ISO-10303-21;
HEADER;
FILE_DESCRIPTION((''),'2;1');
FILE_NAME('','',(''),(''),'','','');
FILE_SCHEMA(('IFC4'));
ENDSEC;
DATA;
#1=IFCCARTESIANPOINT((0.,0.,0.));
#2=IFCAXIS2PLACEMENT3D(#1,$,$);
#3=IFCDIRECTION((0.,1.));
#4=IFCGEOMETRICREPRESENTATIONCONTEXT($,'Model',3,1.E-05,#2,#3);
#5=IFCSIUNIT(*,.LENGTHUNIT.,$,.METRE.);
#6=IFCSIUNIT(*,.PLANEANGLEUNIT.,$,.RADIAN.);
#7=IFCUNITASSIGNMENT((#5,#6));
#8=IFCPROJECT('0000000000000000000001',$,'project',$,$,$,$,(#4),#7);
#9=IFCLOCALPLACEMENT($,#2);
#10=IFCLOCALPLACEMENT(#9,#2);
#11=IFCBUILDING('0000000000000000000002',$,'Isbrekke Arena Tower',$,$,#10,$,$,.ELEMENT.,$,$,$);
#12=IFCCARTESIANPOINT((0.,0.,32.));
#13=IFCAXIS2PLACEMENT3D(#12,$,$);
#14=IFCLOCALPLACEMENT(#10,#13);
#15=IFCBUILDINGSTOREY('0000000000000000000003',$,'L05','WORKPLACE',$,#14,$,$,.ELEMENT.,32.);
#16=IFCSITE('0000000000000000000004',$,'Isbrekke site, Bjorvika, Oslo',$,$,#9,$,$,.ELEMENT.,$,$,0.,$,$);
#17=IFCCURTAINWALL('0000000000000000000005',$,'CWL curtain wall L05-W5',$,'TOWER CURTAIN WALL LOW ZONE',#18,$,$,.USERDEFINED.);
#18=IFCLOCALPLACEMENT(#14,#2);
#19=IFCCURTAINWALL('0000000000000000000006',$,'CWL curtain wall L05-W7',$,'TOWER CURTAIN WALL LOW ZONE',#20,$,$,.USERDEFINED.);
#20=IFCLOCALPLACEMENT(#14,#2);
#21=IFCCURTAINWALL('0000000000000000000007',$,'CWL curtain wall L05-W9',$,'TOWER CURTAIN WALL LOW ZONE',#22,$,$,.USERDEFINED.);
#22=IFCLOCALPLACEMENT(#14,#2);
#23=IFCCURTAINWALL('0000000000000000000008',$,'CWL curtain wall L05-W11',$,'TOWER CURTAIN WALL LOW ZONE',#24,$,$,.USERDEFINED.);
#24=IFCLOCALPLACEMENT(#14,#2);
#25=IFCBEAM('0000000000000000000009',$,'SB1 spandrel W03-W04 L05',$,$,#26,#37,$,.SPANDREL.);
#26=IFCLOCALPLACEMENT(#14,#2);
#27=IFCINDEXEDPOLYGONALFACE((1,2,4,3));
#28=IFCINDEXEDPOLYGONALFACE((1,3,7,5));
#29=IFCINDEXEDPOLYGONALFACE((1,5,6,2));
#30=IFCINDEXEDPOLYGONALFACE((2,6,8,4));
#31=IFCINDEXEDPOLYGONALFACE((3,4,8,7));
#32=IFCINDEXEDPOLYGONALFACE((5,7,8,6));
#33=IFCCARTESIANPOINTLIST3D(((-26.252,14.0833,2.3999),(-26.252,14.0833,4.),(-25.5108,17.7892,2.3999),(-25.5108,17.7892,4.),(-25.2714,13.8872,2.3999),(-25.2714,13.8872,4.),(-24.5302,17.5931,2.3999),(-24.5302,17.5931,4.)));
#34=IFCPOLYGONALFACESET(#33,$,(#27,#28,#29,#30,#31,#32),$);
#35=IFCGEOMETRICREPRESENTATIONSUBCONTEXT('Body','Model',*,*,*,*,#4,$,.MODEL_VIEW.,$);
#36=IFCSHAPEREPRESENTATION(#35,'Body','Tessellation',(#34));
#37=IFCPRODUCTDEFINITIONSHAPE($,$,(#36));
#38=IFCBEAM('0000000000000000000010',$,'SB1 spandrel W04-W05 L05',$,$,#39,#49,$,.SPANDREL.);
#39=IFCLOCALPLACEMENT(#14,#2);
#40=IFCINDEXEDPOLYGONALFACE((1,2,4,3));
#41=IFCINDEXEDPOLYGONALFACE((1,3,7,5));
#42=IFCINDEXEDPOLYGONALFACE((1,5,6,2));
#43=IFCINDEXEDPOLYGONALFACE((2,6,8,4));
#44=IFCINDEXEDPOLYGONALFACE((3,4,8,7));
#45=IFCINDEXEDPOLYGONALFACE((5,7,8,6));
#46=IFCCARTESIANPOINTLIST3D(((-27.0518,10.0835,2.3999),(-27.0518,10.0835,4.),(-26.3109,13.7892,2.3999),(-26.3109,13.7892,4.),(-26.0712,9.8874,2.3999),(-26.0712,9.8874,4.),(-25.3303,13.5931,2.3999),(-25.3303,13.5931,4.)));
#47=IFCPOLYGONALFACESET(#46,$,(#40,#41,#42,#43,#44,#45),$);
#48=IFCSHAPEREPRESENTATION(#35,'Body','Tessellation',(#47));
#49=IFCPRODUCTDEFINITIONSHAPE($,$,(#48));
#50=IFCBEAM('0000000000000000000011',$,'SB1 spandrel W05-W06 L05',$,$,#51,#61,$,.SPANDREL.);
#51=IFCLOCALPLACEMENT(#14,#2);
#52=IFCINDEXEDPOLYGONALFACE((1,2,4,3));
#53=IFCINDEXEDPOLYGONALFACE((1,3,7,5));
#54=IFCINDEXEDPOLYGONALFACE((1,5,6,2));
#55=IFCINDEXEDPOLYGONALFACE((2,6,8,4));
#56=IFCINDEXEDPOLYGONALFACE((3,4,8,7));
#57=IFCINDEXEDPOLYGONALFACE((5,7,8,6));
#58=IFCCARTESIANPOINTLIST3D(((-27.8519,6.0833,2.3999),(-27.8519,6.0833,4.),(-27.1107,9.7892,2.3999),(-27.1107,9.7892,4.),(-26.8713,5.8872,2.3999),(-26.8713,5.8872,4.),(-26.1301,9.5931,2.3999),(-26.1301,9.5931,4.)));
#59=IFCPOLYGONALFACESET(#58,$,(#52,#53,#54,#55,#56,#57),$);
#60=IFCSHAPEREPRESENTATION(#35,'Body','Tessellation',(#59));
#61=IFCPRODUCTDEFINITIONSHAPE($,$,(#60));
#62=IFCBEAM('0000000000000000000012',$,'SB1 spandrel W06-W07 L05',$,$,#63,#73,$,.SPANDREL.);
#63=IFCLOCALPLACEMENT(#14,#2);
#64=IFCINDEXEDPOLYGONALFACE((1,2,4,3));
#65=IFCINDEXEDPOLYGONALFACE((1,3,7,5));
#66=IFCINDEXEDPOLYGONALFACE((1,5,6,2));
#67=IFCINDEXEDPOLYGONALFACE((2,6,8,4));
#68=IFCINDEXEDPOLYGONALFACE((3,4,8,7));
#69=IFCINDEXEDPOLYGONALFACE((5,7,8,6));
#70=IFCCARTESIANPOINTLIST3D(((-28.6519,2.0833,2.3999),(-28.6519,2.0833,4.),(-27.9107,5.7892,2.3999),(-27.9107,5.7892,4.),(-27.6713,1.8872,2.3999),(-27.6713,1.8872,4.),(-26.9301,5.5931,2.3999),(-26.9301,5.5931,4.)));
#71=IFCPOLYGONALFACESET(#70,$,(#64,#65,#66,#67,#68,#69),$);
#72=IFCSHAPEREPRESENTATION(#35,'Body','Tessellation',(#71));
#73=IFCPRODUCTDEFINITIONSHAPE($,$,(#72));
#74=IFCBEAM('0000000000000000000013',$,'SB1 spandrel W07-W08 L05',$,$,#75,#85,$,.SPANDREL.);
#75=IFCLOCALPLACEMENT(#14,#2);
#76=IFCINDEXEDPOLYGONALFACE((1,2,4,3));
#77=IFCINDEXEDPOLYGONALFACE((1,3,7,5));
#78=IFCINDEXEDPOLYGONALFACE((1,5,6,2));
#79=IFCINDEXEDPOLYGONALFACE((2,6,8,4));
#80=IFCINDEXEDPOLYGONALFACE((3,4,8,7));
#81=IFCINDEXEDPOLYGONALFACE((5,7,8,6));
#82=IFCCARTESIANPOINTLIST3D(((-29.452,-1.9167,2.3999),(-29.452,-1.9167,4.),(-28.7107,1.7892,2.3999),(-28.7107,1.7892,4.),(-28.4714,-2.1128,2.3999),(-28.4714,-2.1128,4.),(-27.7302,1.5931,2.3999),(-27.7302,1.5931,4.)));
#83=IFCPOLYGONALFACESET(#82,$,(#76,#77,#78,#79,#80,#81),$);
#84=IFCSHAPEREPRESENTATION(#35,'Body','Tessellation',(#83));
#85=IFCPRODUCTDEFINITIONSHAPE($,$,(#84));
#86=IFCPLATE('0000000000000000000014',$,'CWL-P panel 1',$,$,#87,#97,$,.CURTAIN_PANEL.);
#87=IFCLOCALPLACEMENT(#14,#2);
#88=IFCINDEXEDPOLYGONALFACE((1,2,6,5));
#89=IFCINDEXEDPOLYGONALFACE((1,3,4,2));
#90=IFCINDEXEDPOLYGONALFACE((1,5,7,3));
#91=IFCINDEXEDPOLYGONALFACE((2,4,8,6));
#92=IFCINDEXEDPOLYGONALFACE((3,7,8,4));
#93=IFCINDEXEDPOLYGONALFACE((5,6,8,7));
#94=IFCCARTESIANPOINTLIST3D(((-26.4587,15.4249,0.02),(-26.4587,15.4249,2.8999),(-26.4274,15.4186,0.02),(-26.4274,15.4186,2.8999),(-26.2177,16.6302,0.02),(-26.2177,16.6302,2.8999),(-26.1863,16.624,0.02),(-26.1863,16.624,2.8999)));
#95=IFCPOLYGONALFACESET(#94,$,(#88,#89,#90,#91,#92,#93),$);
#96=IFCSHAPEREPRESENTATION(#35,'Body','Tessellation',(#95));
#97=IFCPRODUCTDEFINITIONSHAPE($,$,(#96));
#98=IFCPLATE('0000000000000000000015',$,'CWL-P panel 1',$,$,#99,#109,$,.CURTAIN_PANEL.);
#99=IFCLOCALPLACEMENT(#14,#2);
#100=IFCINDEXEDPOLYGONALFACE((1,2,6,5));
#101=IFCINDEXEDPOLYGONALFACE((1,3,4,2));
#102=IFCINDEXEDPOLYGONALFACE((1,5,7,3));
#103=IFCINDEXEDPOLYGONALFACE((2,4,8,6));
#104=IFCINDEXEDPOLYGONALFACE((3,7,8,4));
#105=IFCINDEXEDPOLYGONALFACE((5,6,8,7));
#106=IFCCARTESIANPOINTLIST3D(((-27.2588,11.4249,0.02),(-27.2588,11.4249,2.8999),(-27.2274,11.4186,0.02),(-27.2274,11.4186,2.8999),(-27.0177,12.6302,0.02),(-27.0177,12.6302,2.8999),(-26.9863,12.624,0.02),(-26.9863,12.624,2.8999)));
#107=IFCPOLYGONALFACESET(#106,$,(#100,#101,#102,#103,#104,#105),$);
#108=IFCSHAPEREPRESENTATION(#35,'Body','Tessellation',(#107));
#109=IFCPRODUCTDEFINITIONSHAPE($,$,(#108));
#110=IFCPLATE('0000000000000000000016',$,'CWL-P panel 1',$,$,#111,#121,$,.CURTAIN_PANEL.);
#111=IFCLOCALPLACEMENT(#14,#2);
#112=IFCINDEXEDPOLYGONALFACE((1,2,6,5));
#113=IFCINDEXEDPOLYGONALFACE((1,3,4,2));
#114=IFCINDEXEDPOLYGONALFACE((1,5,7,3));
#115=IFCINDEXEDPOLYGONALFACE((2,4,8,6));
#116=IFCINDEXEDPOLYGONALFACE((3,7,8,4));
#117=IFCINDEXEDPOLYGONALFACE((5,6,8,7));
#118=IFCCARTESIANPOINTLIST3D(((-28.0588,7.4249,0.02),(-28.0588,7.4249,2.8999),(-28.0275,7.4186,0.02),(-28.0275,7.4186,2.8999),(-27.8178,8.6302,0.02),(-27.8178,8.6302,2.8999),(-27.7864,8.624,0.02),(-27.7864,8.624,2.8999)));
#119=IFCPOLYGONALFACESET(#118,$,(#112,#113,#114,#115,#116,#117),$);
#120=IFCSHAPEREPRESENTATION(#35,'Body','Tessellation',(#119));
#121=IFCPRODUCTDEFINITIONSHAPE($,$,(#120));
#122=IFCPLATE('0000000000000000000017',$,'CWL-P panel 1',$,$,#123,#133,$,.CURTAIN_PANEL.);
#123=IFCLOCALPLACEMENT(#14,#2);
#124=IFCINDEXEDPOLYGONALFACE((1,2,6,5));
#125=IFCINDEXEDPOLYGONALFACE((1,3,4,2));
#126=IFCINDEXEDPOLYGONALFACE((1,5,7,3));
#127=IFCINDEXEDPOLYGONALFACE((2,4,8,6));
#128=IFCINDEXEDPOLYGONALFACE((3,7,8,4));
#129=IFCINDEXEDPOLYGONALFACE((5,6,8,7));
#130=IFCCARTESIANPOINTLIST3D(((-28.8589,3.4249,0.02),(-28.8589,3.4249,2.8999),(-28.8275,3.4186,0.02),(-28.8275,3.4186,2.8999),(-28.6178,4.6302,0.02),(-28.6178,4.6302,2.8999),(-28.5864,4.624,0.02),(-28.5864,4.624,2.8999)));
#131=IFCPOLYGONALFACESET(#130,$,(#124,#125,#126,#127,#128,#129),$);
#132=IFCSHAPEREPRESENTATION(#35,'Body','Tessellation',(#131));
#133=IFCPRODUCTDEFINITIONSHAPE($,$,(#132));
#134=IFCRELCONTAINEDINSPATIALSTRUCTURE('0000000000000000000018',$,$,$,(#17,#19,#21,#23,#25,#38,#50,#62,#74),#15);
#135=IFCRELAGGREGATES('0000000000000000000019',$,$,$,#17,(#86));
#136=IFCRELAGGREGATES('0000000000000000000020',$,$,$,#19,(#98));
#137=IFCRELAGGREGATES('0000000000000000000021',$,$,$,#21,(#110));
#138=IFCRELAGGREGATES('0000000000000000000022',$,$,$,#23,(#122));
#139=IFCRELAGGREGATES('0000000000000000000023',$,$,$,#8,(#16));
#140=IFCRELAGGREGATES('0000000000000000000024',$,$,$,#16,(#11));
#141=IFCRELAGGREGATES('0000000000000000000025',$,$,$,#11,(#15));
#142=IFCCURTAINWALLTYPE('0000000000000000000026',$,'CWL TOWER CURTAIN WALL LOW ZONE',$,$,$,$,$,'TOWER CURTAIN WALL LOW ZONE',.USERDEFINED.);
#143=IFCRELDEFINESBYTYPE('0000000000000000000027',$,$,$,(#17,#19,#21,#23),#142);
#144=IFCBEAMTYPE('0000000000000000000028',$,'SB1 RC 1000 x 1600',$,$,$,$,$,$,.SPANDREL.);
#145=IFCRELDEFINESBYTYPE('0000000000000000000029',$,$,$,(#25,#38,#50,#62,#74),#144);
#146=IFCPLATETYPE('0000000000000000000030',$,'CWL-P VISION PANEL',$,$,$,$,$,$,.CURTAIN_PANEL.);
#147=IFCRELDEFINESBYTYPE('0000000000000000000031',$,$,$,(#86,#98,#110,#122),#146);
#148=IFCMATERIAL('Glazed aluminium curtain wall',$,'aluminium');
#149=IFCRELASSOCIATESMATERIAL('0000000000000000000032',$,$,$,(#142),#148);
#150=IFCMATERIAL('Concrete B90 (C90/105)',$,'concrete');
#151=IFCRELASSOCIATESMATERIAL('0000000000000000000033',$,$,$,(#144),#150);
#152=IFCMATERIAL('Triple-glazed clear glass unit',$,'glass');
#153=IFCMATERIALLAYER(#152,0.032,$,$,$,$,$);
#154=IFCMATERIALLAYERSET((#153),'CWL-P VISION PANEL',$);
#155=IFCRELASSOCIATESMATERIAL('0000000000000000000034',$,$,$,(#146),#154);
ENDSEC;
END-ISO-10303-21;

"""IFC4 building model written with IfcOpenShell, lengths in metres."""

from ifc_helpers import new_model, si_unit, direction, frame, origin, origin_2d, place, context, subcontext, project, spatial, rectangle, extrude, material, layer, layer_set, material_profile, profile_set, type_object, element, aggregate, save


model = new_model("IFC4")

# Units and contexts
model_context = context("Model", 3, precision=1e-05, world=origin(), true_north=direction((0.0, 1.0)))
body_context = subcontext(model_context, "Body", "Model", "MODEL_VIEW")
ifc_project = project(units=[si_unit("LENGTHUNIT", "METRE"), si_unit("PLANEANGLEUNIT", "RADIAN")], contexts=[model_context])

# Site, building, storey
site_placement = place(None, origin())
site = spatial("IfcSite", under=ifc_project, at=site_placement, Name="Isbrekke site, Bjorvika, Oslo", CompositionType="ELEMENT", RefElevation=0.0)
building_placement = place(site_placement, origin())
building = spatial("IfcBuilding", under=site, at=building_placement, Name="Isbrekke Arena Tower", CompositionType="ELEMENT")
storey_placement = place(building_placement, frame((0.0, 0.0, 32.0)))
storey = spatial("IfcBuildingStorey", under=building, at=storey_placement, Name="L05", Description="WORKPLACE", CompositionType="ELEMENT", Elevation=32.0)

# Curtain walls
ifc_material_1 = material(Name="Glazed aluminium curtain wall", Category="aluminium")
curtain_wall_type = type_object("IfcCurtainWallType", Name="CWL TOWER CURTAIN WALL LOW ZONE", ElementType="TOWER CURTAIN WALL LOW ZONE", PredefinedType="USERDEFINED", material=ifc_material_1)
curtain_wall_1_placement = place(storey_placement, origin())
curtain_wall_1 = element("IfcCurtainWall", 1, at=curtain_wall_1_placement, inside=storey, type_object=curtain_wall_type, Name="CWL curtain wall L05-W5", ObjectType="TOWER CURTAIN WALL LOW ZONE", PredefinedType="USERDEFINED")
curtain_wall_2_placement = place(storey_placement, origin())
curtain_wall_2 = element("IfcCurtainWall", 2, at=curtain_wall_2_placement, inside=storey, type_object=curtain_wall_type, Name="CWL curtain wall L05-W7", ObjectType="TOWER CURTAIN WALL LOW ZONE", PredefinedType="USERDEFINED")
curtain_wall_3_placement = place(storey_placement, origin())
curtain_wall_3 = element("IfcCurtainWall", 3, at=curtain_wall_3_placement, inside=storey, type_object=curtain_wall_type, Name="CWL curtain wall L05-W9", ObjectType="TOWER CURTAIN WALL LOW ZONE", PredefinedType="USERDEFINED")
curtain_wall_4_placement = place(storey_placement, origin())
curtain_wall_4 = element("IfcCurtainWall", 4, at=curtain_wall_4_placement, inside=storey, type_object=curtain_wall_type, Name="CWL curtain wall L05-W11", ObjectType="TOWER CURTAIN WALL LOW ZONE", PredefinedType="USERDEFINED")

# Beams
ifc_material_2 = material(Name="Concrete B90 (C90/105)", Category="concrete")
ifc_material_profile_1 = material_profile(ifc_material_2, rectangle(XDim=1.0, YDim=1.6001, at=origin_2d()), Name="RC 1000x1600")
ifc_profile_set_1 = profile_set([ifc_material_profile_1], Name="Concrete B90 (C90/105)")
beam_type_1 = type_object("IfcBeamType", Name="SB1 RC 1000 x 1600", PredefinedType="SPANDREL", material=ifc_profile_set_1)
beam_1_placement = place(storey_placement, frame((-25.0205, 17.6912, 3.2), z_axis=(-0.196129, -0.980578, 0.0), x_axis=(0.980578, -0.196129, 0.0)))
element("IfcBeam", 5, at=beam_1_placement, inside=storey, type_object=beam_type_1, Name="SB1 spandrel W03-W04 L05", PredefinedType="SPANDREL", context=body_context, shape_type="SweptSolid", body=[
    extrude(rectangle(XDim=1.0, YDim=1.6001, at=origin_2d()), origin(), (0.0, 0.0, 1.0), 3.7793),
])
beam_2_placement = place(storey_placement, frame((-25.8206, 13.6912, 3.2), z_axis=(-0.196066, -0.980591, 0.0), x_axis=(0.980591, -0.196066, 0.0)))
element("IfcBeam", 6, at=beam_2_placement, inside=storey, type_object=beam_type_1, Name="SB1 spandrel W04-W05 L05", PredefinedType="SPANDREL", context=body_context, shape_type="SweptSolid", body=[
    extrude(rectangle(XDim=1.0, YDim=1.6001, at=origin_2d()), origin(), (0.0, 0.0, 1.0), 3.7791),
])
for number, where, z_axis, x_axis, name in (
    (7, (-26.6204, 9.6912, 3.2), (-0.196129, -0.980578, 0.0), (0.980578, -0.196129, 0.0), "SB1 spandrel W05-W06 L05"),
    (8, (-27.4204, 5.6912, 3.2), (-0.196129, -0.980578, 0.0), (0.980578, -0.196129, 0.0), "SB1 spandrel W06-W07 L05"),
    (9, (-28.2205, 1.6912, 3.2), (-0.196129, -0.980578, 0.0), (0.980578, -0.196129, 0.0), "SB1 spandrel W07-W08 L05"),
):
    element("IfcBeam", number, at=place(storey_placement, frame(where, z_axis=z_axis, x_axis=x_axis)), inside=storey, type_object=beam_type_1, Name=name, PredefinedType="SPANDREL", context=body_context, shape_type="SweptSolid", body=[
        extrude(rectangle(XDim=1.0, YDim=1.6001, at=origin_2d()), origin(), (0.0, 0.0, 1.0), 3.7793),
    ])

# Plates
ifc_material_3 = material(Name="Triple-glazed clear glass unit", Category="glass")
ifc_layer = layer(ifc_material_3, 0.032)
ifc_layer_set = layer_set([ifc_layer], Name="CWL-P VISION PANEL")
plate_type = type_object("IfcPlateType", Name="CWL-P VISION PANEL", PredefinedType="CURTAIN_PANEL", material=ifc_layer_set)
plate_1_placement = place(storey_placement, frame((-26.3225, 16.0244, 0.02), z_axis=(0.0, 0.0, 1.0), x_axis=(-0.196116, -0.980581, 0.0)))
plate_1 = element("IfcPlate", 10, at=plate_1_placement, type_object=plate_type, Name="CWL-P panel 1", PredefinedType="CURTAIN_PANEL", context=body_context, shape_type="SweptSolid", body=[
    extrude(rectangle(XDim=1.2292, YDim=0.032, at=origin_2d()), origin(), (0.0, 0.0, 1.0), 2.8799),
])
aggregate(curtain_wall_1, [plate_1])
plate_2_placement = place(storey_placement, frame((-27.1226, 12.0244, 0.02), z_axis=(0.0, 0.0, 1.0), x_axis=(-0.196116, -0.980581, 0.0)))
plate_2 = element("IfcPlate", 11, at=plate_2_placement, type_object=plate_type, Name="CWL-P panel 1", PredefinedType="CURTAIN_PANEL", context=body_context, shape_type="SweptSolid", body=[
    extrude(rectangle(XDim=1.2292, YDim=0.032, at=origin_2d()), origin(), (0.0, 0.0, 1.0), 2.8799),
])
aggregate(curtain_wall_2, [plate_2])
plate_3_placement = place(storey_placement, frame((-27.9226, 8.0244, 0.02), z_axis=(0.0, 0.0, 1.0), x_axis=(-0.196116, -0.980581, 0.0)))
plate_3 = element("IfcPlate", 12, at=plate_3_placement, type_object=plate_type, Name="CWL-P panel 1", PredefinedType="CURTAIN_PANEL", context=body_context, shape_type="SweptSolid", body=[
    extrude(rectangle(XDim=1.2292, YDim=0.032, at=origin_2d()), origin(), (0.0, 0.0, 1.0), 2.8799),
])
aggregate(curtain_wall_3, [plate_3])
plate_4_placement = place(storey_placement, frame((-28.7227, 4.0244, 0.02), z_axis=(0.0, 0.0, 1.0), x_axis=(-0.196116, -0.980581, 0.0)))
plate_4 = element("IfcPlate", 13, at=plate_4_placement, type_object=plate_type, Name="CWL-P panel 1", PredefinedType="CURTAIN_PANEL", context=body_context, shape_type="SweptSolid", body=[
    extrude(rectangle(XDim=1.2292, YDim=0.032, at=origin_2d()), origin(), (0.0, 0.0, 1.0), 2.8799),
])
aggregate(curtain_wall_4, [plate_4])

save(model, "model.ifc")
